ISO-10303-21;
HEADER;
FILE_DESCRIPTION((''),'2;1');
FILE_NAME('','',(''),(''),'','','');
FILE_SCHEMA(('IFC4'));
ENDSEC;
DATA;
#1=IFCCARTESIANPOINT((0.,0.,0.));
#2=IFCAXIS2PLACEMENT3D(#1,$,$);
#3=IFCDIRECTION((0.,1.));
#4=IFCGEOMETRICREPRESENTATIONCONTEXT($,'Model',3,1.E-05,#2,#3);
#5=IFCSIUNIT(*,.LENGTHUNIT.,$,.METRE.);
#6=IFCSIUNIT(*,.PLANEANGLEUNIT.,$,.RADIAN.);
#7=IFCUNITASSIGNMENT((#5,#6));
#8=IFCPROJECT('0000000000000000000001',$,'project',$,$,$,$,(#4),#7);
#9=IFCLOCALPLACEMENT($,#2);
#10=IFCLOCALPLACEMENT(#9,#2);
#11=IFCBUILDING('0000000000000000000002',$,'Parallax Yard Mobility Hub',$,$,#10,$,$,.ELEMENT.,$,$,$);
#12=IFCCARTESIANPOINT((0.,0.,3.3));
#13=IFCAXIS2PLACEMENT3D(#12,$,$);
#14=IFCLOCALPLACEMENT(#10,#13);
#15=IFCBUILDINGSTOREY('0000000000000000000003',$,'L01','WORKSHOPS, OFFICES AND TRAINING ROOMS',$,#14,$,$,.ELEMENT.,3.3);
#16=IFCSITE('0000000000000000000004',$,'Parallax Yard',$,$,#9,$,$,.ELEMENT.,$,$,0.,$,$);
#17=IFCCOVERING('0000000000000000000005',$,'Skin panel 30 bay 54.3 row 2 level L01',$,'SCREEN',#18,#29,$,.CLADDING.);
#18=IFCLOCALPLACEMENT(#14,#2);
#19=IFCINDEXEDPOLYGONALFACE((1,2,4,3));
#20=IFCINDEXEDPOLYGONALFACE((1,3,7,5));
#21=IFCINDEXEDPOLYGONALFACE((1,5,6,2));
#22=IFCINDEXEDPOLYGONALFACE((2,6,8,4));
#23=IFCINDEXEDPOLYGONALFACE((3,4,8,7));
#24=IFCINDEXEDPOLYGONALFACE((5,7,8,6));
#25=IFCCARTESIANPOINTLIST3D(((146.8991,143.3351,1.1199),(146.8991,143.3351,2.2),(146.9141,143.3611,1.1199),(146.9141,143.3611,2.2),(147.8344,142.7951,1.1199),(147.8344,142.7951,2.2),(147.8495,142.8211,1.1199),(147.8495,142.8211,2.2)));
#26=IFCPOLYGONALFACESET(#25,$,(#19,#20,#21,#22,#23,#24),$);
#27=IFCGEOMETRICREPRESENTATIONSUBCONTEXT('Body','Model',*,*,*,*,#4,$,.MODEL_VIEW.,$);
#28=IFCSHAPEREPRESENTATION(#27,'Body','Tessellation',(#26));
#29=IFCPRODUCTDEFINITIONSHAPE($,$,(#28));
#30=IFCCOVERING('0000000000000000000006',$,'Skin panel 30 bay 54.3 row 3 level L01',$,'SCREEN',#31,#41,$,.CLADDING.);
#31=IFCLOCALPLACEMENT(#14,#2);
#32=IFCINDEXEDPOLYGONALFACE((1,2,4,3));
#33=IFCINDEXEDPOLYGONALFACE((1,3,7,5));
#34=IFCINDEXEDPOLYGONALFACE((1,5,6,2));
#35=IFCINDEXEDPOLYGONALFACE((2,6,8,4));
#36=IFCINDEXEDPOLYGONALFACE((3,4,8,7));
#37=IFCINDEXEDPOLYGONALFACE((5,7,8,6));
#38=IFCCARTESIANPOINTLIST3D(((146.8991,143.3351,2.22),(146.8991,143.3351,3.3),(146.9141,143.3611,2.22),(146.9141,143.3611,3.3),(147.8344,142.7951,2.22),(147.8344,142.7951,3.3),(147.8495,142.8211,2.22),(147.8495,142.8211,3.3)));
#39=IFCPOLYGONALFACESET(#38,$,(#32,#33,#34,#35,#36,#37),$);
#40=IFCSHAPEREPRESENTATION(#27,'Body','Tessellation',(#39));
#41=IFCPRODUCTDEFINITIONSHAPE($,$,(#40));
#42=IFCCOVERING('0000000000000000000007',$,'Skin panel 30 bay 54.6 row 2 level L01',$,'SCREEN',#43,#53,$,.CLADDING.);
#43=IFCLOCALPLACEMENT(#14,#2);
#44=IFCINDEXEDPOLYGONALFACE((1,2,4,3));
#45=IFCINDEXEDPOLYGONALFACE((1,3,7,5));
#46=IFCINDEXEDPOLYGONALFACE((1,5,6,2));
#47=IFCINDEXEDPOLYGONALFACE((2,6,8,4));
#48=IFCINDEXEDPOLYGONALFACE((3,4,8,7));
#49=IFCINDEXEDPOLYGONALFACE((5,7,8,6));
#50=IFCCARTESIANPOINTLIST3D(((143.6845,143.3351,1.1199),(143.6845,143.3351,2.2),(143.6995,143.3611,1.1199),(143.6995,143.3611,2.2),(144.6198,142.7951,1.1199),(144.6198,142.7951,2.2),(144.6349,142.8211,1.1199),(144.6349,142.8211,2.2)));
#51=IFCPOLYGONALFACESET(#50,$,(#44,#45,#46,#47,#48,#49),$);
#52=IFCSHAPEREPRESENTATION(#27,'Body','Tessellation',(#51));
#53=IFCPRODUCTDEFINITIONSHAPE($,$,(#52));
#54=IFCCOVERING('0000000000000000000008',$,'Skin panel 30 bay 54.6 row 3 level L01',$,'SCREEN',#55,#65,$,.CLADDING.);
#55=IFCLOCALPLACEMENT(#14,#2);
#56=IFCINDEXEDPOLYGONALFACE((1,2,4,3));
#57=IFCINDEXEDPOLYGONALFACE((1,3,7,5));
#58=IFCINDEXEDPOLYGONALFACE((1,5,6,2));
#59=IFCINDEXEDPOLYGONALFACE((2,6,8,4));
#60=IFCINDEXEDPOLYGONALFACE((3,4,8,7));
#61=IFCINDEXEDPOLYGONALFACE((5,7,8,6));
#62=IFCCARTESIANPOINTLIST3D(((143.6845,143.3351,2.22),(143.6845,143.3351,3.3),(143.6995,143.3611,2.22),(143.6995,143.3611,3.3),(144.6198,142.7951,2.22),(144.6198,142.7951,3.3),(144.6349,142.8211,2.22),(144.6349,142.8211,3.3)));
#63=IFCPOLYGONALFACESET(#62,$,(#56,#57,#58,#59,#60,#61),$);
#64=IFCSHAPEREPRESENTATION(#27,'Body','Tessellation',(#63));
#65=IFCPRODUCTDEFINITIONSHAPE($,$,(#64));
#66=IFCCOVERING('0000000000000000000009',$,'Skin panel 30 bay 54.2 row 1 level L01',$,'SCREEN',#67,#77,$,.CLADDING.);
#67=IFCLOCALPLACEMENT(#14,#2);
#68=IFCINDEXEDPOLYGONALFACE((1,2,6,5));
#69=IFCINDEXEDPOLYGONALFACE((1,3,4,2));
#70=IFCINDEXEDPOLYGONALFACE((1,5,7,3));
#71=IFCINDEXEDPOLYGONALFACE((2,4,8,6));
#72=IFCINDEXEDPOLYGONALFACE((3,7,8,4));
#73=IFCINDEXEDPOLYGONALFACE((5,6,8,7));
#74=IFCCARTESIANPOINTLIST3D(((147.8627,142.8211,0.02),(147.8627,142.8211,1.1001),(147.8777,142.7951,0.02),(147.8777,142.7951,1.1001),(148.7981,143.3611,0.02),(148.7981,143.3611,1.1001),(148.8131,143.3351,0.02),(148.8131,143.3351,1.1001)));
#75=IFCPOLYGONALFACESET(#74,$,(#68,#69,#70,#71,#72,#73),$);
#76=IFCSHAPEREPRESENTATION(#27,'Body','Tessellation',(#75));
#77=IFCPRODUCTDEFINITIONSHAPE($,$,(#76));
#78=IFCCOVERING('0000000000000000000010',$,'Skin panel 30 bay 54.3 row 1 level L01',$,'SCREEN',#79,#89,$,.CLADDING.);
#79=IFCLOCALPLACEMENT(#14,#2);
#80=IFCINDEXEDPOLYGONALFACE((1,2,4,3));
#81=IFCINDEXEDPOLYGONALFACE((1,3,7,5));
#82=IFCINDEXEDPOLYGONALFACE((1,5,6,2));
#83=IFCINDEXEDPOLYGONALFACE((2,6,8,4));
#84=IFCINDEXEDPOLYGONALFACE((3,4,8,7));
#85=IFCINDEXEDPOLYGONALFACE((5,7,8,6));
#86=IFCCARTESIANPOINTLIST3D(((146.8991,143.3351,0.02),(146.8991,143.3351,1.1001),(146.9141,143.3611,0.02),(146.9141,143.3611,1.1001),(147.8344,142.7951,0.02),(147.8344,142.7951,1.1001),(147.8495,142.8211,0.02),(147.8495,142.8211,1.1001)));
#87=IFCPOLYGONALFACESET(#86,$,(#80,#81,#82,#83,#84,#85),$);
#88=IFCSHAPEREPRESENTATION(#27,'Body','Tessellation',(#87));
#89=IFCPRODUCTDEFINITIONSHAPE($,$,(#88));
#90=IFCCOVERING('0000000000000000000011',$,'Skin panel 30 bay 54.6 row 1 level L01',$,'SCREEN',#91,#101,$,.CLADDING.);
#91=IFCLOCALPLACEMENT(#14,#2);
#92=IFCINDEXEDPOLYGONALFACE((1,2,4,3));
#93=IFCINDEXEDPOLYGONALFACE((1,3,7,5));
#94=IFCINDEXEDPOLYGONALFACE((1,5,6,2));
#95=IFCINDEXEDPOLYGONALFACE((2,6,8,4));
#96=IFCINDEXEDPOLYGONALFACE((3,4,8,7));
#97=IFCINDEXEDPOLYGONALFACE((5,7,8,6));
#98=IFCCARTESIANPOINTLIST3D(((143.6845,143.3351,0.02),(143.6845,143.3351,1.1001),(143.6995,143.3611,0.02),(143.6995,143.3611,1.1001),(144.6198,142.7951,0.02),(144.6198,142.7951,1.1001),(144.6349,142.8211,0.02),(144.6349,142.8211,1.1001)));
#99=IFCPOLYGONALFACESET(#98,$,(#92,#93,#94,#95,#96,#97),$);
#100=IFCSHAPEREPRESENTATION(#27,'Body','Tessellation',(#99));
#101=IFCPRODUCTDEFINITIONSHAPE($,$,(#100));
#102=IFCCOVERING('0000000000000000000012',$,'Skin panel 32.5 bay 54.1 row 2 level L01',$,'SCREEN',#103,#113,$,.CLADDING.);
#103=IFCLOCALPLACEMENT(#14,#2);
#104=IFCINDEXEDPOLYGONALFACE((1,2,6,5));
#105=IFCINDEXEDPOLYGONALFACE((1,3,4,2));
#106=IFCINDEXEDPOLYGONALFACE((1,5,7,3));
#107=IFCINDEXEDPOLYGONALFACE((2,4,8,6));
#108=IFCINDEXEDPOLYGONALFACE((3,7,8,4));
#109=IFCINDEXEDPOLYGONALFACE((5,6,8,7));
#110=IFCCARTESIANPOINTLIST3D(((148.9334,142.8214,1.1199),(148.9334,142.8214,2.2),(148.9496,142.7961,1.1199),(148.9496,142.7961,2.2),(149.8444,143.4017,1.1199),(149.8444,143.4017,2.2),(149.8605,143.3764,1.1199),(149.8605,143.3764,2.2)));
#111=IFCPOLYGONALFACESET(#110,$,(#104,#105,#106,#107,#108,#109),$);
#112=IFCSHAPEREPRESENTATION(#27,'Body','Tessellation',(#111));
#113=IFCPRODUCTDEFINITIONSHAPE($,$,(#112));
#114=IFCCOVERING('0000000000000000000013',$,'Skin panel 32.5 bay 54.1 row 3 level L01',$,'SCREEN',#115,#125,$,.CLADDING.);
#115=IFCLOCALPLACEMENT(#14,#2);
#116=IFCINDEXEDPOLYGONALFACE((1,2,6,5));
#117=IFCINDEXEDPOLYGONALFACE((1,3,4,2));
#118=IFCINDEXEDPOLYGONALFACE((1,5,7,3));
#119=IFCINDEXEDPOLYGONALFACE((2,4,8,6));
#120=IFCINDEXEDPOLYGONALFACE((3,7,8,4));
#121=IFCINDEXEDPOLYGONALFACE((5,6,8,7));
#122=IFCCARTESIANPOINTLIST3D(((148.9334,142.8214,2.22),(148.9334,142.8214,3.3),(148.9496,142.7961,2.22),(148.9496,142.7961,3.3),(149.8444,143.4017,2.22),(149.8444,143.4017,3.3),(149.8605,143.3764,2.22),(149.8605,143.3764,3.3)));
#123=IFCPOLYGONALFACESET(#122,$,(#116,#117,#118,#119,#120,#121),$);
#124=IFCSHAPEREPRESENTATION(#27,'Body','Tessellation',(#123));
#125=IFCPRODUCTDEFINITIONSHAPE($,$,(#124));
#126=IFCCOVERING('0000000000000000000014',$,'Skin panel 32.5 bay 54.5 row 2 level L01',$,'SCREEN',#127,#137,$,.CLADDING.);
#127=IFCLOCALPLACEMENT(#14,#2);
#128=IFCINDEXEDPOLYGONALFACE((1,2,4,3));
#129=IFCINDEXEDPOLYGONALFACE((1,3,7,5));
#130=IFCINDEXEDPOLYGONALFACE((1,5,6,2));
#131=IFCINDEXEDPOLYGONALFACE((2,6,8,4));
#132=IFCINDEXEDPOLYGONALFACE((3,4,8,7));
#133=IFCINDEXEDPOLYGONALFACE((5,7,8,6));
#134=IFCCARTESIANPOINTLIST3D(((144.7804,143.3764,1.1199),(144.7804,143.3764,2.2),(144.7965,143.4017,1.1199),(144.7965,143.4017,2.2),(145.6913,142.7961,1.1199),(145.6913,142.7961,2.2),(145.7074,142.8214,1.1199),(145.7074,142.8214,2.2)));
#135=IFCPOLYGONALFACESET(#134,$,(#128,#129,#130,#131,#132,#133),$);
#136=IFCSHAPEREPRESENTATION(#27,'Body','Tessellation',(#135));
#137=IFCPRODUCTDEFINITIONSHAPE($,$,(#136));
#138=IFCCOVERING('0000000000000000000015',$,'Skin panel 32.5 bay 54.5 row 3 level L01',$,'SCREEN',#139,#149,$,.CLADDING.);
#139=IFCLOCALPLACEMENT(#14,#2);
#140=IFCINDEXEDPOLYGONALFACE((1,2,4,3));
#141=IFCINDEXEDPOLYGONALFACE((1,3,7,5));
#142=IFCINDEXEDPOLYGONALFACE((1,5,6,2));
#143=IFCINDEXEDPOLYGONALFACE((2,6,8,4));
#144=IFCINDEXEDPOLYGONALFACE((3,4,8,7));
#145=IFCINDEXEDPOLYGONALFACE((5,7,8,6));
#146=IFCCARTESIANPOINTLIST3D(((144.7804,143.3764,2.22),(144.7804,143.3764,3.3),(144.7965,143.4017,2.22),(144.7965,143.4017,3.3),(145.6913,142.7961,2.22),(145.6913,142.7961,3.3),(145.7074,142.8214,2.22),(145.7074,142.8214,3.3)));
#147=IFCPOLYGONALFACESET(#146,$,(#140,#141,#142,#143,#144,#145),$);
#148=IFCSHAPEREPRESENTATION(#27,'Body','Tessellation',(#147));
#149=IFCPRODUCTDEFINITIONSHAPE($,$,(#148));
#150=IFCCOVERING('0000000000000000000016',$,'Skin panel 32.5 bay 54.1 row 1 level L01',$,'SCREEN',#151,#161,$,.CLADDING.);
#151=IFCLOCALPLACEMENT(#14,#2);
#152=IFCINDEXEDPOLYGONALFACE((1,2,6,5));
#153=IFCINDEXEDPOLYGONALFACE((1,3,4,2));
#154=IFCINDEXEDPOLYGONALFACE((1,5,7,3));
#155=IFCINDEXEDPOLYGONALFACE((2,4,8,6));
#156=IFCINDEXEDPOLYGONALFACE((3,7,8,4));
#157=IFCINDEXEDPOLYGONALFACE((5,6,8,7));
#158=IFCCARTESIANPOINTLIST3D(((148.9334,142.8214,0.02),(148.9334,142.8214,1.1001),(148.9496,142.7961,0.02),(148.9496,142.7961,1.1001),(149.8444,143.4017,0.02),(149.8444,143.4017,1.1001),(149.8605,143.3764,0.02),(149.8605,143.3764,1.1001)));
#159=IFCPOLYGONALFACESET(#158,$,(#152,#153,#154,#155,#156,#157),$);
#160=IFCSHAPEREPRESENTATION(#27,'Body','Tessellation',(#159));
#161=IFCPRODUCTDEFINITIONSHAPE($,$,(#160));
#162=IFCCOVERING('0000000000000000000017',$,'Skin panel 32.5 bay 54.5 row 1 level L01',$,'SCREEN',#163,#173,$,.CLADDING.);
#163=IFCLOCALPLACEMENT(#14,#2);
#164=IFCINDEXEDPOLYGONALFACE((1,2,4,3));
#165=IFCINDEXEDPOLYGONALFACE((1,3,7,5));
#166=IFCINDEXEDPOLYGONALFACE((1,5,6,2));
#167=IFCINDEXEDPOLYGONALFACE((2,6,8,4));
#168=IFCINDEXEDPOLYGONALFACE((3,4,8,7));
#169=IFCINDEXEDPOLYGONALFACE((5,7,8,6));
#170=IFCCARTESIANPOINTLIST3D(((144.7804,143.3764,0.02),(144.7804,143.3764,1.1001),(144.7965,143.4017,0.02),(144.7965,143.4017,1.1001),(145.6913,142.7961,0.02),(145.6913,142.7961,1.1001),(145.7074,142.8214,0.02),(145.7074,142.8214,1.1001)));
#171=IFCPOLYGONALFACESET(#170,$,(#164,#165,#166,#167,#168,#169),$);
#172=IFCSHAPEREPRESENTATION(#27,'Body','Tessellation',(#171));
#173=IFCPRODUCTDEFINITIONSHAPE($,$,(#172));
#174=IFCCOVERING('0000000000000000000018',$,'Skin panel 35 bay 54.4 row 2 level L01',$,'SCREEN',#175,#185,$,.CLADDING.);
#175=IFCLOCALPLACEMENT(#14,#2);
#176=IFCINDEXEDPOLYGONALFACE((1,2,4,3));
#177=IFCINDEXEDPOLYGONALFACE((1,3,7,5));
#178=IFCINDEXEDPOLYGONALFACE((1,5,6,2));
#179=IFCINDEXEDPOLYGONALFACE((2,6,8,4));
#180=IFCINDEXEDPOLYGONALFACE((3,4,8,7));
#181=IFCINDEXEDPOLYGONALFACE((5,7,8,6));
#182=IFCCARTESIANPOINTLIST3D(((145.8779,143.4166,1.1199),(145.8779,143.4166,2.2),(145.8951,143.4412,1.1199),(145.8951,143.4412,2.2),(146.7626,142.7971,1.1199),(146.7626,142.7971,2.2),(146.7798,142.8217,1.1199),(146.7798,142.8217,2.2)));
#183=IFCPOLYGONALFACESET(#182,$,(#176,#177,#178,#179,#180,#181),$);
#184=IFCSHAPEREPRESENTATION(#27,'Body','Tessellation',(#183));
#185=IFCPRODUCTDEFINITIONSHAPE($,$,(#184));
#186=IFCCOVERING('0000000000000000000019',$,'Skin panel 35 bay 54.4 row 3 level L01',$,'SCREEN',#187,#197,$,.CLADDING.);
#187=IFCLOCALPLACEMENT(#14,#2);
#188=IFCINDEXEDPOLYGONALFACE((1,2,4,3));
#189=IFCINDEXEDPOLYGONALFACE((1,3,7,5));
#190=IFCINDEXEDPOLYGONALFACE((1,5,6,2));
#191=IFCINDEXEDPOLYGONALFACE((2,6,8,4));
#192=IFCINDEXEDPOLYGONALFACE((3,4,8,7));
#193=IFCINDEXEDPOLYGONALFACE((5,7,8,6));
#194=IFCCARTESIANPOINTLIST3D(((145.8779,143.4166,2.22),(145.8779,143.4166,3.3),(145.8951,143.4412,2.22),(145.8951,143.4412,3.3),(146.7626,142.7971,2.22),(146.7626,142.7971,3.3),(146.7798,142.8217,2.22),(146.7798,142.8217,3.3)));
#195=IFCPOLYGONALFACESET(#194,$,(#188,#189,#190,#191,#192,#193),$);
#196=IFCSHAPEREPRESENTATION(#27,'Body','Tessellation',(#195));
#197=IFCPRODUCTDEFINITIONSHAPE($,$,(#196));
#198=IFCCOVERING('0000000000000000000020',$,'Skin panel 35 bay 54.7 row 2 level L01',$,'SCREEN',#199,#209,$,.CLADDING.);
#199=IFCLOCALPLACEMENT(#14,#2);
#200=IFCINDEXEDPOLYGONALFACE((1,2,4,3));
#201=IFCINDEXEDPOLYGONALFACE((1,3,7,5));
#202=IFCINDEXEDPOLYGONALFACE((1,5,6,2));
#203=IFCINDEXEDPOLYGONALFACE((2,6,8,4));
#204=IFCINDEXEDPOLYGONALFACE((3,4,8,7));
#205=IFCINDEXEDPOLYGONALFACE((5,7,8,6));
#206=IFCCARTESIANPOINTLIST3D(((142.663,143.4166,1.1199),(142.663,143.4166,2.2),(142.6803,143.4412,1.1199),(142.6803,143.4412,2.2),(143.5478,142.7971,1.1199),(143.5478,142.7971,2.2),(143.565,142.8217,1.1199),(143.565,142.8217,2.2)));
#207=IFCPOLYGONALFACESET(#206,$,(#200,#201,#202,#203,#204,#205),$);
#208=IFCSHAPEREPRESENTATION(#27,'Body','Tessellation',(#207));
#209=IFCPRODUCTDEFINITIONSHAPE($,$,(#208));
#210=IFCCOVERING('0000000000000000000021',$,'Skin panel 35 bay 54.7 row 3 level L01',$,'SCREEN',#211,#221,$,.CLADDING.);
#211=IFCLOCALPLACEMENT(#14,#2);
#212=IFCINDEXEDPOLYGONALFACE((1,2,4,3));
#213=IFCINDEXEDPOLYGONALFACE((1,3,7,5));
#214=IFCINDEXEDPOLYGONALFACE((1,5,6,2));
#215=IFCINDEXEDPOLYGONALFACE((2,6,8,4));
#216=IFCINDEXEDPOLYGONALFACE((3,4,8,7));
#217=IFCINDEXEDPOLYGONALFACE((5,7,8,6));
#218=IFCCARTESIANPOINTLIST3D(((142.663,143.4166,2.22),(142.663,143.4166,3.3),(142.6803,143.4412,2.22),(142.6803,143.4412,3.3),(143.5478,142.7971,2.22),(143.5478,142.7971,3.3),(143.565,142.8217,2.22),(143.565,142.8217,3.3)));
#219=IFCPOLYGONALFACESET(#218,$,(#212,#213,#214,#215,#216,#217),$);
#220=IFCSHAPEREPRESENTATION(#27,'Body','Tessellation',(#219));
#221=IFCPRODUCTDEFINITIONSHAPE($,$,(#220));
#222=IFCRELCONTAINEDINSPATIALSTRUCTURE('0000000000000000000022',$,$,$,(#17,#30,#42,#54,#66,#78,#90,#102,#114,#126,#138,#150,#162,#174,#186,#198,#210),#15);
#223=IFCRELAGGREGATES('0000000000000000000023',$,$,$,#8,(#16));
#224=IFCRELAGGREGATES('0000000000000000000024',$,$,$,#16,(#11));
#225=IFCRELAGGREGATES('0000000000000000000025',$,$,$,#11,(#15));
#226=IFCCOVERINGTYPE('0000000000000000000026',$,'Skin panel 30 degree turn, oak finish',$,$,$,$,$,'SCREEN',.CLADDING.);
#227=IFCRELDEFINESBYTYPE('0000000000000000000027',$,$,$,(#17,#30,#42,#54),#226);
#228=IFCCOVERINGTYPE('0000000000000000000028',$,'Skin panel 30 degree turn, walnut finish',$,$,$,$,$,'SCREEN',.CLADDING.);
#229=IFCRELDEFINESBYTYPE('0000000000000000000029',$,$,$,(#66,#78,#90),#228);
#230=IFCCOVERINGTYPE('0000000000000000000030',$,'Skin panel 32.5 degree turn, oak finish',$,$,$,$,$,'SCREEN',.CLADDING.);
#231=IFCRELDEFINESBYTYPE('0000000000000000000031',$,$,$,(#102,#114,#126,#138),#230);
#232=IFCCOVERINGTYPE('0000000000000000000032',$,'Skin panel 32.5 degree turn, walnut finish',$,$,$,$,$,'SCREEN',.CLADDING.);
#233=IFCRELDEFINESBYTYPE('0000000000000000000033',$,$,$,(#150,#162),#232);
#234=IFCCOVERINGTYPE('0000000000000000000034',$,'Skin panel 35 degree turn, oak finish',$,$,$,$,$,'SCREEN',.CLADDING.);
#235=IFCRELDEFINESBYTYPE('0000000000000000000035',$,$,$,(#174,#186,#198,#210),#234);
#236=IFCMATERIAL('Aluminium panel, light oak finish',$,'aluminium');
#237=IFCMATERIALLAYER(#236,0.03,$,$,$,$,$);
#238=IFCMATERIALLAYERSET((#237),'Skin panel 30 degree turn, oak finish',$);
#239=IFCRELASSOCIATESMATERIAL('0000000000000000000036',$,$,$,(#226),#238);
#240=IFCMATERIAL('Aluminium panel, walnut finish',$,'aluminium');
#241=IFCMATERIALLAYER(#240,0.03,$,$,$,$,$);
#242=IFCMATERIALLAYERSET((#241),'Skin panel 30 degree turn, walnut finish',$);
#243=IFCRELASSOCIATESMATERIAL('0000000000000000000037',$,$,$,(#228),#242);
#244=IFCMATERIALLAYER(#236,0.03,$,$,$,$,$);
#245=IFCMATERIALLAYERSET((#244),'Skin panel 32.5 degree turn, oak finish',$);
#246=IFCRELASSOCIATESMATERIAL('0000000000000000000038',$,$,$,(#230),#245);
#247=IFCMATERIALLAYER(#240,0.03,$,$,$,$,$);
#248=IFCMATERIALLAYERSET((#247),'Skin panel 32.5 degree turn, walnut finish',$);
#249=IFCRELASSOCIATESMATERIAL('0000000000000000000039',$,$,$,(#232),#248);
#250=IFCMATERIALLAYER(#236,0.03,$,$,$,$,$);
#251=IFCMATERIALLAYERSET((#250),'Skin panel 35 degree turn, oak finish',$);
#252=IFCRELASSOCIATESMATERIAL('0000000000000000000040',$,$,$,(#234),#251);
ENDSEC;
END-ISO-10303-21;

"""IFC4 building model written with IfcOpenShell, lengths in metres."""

from ifc_helpers import new_model, si_unit, direction, frame, origin, origin_2d, place, context, subcontext, project, spatial, rectangle, extrude, material, layer, layer_set, type_object, element, save


model = new_model("IFC4")

# Units and contexts
model_context = context("Model", 3, precision=1e-05, world=origin(), true_north=direction((0.0, 1.0)))
body_context = subcontext(model_context, "Body", "Model", "MODEL_VIEW")
ifc_project = project(units=[si_unit("LENGTHUNIT", "METRE"), si_unit("PLANEANGLEUNIT", "RADIAN")], contexts=[model_context])

# Site, building, storey
site_placement = place(None, origin())
site = spatial("IfcSite", under=ifc_project, at=site_placement, Name="Parallax Yard", CompositionType="ELEMENT", RefElevation=0.0)
building_placement = place(site_placement, origin())
building = spatial("IfcBuilding", under=site, at=building_placement, Name="Parallax Yard Mobility Hub", CompositionType="ELEMENT")
storey_placement = place(building_placement, frame((0.0, 0.0, 3.3)))
storey = spatial("IfcBuildingStorey", under=building, at=storey_placement, Name="L01", Description="WORKSHOPS, OFFICES AND TRAINING ROOMS", CompositionType="ELEMENT", Elevation=3.3)

# Coverings
ifc_material_1 = material(Name="Aluminium panel, light oak finish", Category="aluminium")
ifc_material_2 = material(Name="Aluminium panel, walnut finish", Category="aluminium")
ifc_layer_1 = layer(ifc_material_1, 0.03)
ifc_layer_set_1 = layer_set([ifc_layer_1], Name="Skin panel 30 degree turn, oak finish")
covering_type_1 = type_object("IfcCoveringType", Name="Skin panel 30 degree turn, oak finish", ElementType="SCREEN", PredefinedType="CLADDING", material=ifc_layer_set_1)
for number, where, z_axis, x_axis, name in (
    (1, (147.3743, 143.0781, 1.1199), (0.0, 0.0, 1.0), (-0.866025, 0.5, 0.0), "Skin panel 30 bay 54.3 row 2 level L01"),
    (2, (147.3743, 143.0781, 2.22), (0.0, 0.0, 1.0), (-0.866025, 0.5, 0.0), "Skin panel 30 bay 54.3 row 3 level L01"),
    (3, (144.1597, 143.0781, 1.1199), (0.0, 0.0, 1.0), (-0.866025, 0.5, 0.0), "Skin panel 30 bay 54.6 row 2 level L01"),
    (4, (144.1597, 143.0781, 2.22), (0.0, 0.0, 1.0), (-0.866025, 0.5, 0.0), "Skin panel 30 bay 54.6 row 3 level L01"),
):
    element("IfcCovering", number, at=place(storey_placement, frame(where, z_axis=z_axis, x_axis=x_axis)), inside=storey, type_object=covering_type_1, Name=name, ObjectType="SCREEN", PredefinedType="CLADDING", context=body_context, shape_type="SweptSolid", body=[
        extrude(rectangle(XDim=1.0801, YDim=0.03, at=origin_2d()), origin(), (0.0, 0.0, 1.0), 1.0801),
    ])
ifc_layer_2 = layer(ifc_material_2, 0.03)
ifc_layer_set_2 = layer_set([ifc_layer_2], Name="Skin panel 30 degree turn, walnut finish")
covering_type_2 = type_object("IfcCoveringType", Name="Skin panel 30 degree turn, walnut finish", ElementType="SCREEN", PredefinedType="CLADDING", material=ifc_layer_set_2)
for number, where, z_axis, x_axis, name in (
    (5, (148.3379, 143.0781, 0.02), (0.0, 0.0, 1.0), (0.866025, 0.5, 0.0), "Skin panel 30 bay 54.2 row 1 level L01"),
    (6, (147.3743, 143.0781, 0.02), (0.0, 0.0, 1.0), (-0.866025, 0.5, 0.0), "Skin panel 30 bay 54.3 row 1 level L01"),
    (7, (144.1597, 143.0781, 0.02), (0.0, 0.0, 1.0), (-0.866025, 0.5, 0.0), "Skin panel 30 bay 54.6 row 1 level L01"),
):
    element("IfcCovering", number, at=place(storey_placement, frame(where, z_axis=z_axis, x_axis=x_axis)), inside=storey, type_object=covering_type_2, Name=name, ObjectType="SCREEN", PredefinedType="CLADDING", context=body_context, shape_type="SweptSolid", body=[
        extrude(rectangle(XDim=1.0801, YDim=0.03, at=origin_2d()), origin(), (0.0, 0.0, 1.0), 1.0801),
    ])
ifc_layer_3 = layer(ifc_material_1, 0.03)
ifc_layer_set_3 = layer_set([ifc_layer_3], Name="Skin panel 32.5 degree turn, oak finish")
covering_type_3 = type_object("IfcCoveringType", Name="Skin panel 32.5 degree turn, oak finish", ElementType="SCREEN", PredefinedType="CLADDING", material=ifc_layer_set_3)
for number, where, z_axis, x_axis, name in (
    (8, (149.397, 143.0989, 1.1199), (0.0, 0.0, 1.0), (0.843391, 0.5373, 0.0), "Skin panel 32.5 bay 54.1 row 2 level L01"),
    (9, (149.397, 143.0989, 2.22), (0.0, 0.0, 1.0), (0.843391, 0.5373, 0.0), "Skin panel 32.5 bay 54.1 row 3 level L01"),
    (10, (145.2439, 143.0989, 1.1199), (0.0, 0.0, 1.0), (-0.843391, 0.5373, 0.0), "Skin panel 32.5 bay 54.5 row 2 level L01"),
    (11, (145.2439, 143.0989, 2.22), (0.0, 0.0, 1.0), (-0.843391, 0.5373, 0.0), "Skin panel 32.5 bay 54.5 row 3 level L01"),
):
    element("IfcCovering", number, at=place(storey_placement, frame(where, z_axis=z_axis, x_axis=x_axis)), inside=storey, type_object=covering_type_3, Name=name, ObjectType="SCREEN", PredefinedType="CLADDING", context=body_context, shape_type="SweptSolid", body=[
        extrude(rectangle(XDim=1.0801, YDim=0.03, at=origin_2d()), origin(), (0.0, 0.0, 1.0), 1.0801),
    ])
ifc_layer_4 = layer(ifc_material_2, 0.03)
ifc_layer_set_4 = layer_set([ifc_layer_4], Name="Skin panel 32.5 degree turn, walnut finish")
covering_type_4 = type_object("IfcCoveringType", Name="Skin panel 32.5 degree turn, walnut finish", ElementType="SCREEN", PredefinedType="CLADDING", material=ifc_layer_set_4)
for number, where, z_axis, x_axis, name in (
    (12, (149.397, 143.0989, 0.02), (0.0, 0.0, 1.0), (0.843391, 0.5373, 0.0), "Skin panel 32.5 bay 54.1 row 1 level L01"),
    (13, (145.2439, 143.0989, 0.02), (0.0, 0.0, 1.0), (-0.843391, 0.5373, 0.0), "Skin panel 32.5 bay 54.5 row 1 level L01"),
):
    element("IfcCovering", number, at=place(storey_placement, frame(where, z_axis=z_axis, x_axis=x_axis)), inside=storey, type_object=covering_type_4, Name=name, ObjectType="SCREEN", PredefinedType="CLADDING", context=body_context, shape_type="SweptSolid", body=[
        extrude(rectangle(XDim=1.0801, YDim=0.03, at=origin_2d()), origin(), (0.0, 0.0, 1.0), 1.0801),
    ])
ifc_layer_5 = layer(ifc_material_1, 0.03)
ifc_layer_set_5 = layer_set([ifc_layer_5], Name="Skin panel 35 degree turn, oak finish")
covering_type_5 = type_object("IfcCoveringType", Name="Skin panel 35 degree turn, oak finish", ElementType="SCREEN", PredefinedType="CLADDING", material=ifc_layer_set_5)
for number, where, z_axis, x_axis, name in (
    (14, (146.3289, 143.1191, 1.1199), (0.0, 0.0, 1.0), (-0.819152, 0.573576, 0.0), "Skin panel 35 bay 54.4 row 2 level L01"),
    (15, (146.3289, 143.1191, 2.22), (0.0, 0.0, 1.0), (-0.819152, 0.573576, 0.0), "Skin panel 35 bay 54.4 row 3 level L01"),
    (16, (143.114, 143.1191, 1.1199), (0.0, 0.0, 1.0), (-0.819152, 0.573576, 0.0), "Skin panel 35 bay 54.7 row 2 level L01"),
    (17, (143.114, 143.1191, 2.22), (0.0, 0.0, 1.0), (-0.819152, 0.573576, 0.0), "Skin panel 35 bay 54.7 row 3 level L01"),
):
    element("IfcCovering", number, at=place(storey_placement, frame(where, z_axis=z_axis, x_axis=x_axis)), inside=storey, type_object=covering_type_5, Name=name, ObjectType="SCREEN", PredefinedType="CLADDING", context=body_context, shape_type="SweptSolid", body=[
        extrude(rectangle(XDim=1.0801, YDim=0.03, at=origin_2d()), origin(), (0.0, 0.0, 1.0), 1.0801),
    ])

save(model, "model.ifc")
